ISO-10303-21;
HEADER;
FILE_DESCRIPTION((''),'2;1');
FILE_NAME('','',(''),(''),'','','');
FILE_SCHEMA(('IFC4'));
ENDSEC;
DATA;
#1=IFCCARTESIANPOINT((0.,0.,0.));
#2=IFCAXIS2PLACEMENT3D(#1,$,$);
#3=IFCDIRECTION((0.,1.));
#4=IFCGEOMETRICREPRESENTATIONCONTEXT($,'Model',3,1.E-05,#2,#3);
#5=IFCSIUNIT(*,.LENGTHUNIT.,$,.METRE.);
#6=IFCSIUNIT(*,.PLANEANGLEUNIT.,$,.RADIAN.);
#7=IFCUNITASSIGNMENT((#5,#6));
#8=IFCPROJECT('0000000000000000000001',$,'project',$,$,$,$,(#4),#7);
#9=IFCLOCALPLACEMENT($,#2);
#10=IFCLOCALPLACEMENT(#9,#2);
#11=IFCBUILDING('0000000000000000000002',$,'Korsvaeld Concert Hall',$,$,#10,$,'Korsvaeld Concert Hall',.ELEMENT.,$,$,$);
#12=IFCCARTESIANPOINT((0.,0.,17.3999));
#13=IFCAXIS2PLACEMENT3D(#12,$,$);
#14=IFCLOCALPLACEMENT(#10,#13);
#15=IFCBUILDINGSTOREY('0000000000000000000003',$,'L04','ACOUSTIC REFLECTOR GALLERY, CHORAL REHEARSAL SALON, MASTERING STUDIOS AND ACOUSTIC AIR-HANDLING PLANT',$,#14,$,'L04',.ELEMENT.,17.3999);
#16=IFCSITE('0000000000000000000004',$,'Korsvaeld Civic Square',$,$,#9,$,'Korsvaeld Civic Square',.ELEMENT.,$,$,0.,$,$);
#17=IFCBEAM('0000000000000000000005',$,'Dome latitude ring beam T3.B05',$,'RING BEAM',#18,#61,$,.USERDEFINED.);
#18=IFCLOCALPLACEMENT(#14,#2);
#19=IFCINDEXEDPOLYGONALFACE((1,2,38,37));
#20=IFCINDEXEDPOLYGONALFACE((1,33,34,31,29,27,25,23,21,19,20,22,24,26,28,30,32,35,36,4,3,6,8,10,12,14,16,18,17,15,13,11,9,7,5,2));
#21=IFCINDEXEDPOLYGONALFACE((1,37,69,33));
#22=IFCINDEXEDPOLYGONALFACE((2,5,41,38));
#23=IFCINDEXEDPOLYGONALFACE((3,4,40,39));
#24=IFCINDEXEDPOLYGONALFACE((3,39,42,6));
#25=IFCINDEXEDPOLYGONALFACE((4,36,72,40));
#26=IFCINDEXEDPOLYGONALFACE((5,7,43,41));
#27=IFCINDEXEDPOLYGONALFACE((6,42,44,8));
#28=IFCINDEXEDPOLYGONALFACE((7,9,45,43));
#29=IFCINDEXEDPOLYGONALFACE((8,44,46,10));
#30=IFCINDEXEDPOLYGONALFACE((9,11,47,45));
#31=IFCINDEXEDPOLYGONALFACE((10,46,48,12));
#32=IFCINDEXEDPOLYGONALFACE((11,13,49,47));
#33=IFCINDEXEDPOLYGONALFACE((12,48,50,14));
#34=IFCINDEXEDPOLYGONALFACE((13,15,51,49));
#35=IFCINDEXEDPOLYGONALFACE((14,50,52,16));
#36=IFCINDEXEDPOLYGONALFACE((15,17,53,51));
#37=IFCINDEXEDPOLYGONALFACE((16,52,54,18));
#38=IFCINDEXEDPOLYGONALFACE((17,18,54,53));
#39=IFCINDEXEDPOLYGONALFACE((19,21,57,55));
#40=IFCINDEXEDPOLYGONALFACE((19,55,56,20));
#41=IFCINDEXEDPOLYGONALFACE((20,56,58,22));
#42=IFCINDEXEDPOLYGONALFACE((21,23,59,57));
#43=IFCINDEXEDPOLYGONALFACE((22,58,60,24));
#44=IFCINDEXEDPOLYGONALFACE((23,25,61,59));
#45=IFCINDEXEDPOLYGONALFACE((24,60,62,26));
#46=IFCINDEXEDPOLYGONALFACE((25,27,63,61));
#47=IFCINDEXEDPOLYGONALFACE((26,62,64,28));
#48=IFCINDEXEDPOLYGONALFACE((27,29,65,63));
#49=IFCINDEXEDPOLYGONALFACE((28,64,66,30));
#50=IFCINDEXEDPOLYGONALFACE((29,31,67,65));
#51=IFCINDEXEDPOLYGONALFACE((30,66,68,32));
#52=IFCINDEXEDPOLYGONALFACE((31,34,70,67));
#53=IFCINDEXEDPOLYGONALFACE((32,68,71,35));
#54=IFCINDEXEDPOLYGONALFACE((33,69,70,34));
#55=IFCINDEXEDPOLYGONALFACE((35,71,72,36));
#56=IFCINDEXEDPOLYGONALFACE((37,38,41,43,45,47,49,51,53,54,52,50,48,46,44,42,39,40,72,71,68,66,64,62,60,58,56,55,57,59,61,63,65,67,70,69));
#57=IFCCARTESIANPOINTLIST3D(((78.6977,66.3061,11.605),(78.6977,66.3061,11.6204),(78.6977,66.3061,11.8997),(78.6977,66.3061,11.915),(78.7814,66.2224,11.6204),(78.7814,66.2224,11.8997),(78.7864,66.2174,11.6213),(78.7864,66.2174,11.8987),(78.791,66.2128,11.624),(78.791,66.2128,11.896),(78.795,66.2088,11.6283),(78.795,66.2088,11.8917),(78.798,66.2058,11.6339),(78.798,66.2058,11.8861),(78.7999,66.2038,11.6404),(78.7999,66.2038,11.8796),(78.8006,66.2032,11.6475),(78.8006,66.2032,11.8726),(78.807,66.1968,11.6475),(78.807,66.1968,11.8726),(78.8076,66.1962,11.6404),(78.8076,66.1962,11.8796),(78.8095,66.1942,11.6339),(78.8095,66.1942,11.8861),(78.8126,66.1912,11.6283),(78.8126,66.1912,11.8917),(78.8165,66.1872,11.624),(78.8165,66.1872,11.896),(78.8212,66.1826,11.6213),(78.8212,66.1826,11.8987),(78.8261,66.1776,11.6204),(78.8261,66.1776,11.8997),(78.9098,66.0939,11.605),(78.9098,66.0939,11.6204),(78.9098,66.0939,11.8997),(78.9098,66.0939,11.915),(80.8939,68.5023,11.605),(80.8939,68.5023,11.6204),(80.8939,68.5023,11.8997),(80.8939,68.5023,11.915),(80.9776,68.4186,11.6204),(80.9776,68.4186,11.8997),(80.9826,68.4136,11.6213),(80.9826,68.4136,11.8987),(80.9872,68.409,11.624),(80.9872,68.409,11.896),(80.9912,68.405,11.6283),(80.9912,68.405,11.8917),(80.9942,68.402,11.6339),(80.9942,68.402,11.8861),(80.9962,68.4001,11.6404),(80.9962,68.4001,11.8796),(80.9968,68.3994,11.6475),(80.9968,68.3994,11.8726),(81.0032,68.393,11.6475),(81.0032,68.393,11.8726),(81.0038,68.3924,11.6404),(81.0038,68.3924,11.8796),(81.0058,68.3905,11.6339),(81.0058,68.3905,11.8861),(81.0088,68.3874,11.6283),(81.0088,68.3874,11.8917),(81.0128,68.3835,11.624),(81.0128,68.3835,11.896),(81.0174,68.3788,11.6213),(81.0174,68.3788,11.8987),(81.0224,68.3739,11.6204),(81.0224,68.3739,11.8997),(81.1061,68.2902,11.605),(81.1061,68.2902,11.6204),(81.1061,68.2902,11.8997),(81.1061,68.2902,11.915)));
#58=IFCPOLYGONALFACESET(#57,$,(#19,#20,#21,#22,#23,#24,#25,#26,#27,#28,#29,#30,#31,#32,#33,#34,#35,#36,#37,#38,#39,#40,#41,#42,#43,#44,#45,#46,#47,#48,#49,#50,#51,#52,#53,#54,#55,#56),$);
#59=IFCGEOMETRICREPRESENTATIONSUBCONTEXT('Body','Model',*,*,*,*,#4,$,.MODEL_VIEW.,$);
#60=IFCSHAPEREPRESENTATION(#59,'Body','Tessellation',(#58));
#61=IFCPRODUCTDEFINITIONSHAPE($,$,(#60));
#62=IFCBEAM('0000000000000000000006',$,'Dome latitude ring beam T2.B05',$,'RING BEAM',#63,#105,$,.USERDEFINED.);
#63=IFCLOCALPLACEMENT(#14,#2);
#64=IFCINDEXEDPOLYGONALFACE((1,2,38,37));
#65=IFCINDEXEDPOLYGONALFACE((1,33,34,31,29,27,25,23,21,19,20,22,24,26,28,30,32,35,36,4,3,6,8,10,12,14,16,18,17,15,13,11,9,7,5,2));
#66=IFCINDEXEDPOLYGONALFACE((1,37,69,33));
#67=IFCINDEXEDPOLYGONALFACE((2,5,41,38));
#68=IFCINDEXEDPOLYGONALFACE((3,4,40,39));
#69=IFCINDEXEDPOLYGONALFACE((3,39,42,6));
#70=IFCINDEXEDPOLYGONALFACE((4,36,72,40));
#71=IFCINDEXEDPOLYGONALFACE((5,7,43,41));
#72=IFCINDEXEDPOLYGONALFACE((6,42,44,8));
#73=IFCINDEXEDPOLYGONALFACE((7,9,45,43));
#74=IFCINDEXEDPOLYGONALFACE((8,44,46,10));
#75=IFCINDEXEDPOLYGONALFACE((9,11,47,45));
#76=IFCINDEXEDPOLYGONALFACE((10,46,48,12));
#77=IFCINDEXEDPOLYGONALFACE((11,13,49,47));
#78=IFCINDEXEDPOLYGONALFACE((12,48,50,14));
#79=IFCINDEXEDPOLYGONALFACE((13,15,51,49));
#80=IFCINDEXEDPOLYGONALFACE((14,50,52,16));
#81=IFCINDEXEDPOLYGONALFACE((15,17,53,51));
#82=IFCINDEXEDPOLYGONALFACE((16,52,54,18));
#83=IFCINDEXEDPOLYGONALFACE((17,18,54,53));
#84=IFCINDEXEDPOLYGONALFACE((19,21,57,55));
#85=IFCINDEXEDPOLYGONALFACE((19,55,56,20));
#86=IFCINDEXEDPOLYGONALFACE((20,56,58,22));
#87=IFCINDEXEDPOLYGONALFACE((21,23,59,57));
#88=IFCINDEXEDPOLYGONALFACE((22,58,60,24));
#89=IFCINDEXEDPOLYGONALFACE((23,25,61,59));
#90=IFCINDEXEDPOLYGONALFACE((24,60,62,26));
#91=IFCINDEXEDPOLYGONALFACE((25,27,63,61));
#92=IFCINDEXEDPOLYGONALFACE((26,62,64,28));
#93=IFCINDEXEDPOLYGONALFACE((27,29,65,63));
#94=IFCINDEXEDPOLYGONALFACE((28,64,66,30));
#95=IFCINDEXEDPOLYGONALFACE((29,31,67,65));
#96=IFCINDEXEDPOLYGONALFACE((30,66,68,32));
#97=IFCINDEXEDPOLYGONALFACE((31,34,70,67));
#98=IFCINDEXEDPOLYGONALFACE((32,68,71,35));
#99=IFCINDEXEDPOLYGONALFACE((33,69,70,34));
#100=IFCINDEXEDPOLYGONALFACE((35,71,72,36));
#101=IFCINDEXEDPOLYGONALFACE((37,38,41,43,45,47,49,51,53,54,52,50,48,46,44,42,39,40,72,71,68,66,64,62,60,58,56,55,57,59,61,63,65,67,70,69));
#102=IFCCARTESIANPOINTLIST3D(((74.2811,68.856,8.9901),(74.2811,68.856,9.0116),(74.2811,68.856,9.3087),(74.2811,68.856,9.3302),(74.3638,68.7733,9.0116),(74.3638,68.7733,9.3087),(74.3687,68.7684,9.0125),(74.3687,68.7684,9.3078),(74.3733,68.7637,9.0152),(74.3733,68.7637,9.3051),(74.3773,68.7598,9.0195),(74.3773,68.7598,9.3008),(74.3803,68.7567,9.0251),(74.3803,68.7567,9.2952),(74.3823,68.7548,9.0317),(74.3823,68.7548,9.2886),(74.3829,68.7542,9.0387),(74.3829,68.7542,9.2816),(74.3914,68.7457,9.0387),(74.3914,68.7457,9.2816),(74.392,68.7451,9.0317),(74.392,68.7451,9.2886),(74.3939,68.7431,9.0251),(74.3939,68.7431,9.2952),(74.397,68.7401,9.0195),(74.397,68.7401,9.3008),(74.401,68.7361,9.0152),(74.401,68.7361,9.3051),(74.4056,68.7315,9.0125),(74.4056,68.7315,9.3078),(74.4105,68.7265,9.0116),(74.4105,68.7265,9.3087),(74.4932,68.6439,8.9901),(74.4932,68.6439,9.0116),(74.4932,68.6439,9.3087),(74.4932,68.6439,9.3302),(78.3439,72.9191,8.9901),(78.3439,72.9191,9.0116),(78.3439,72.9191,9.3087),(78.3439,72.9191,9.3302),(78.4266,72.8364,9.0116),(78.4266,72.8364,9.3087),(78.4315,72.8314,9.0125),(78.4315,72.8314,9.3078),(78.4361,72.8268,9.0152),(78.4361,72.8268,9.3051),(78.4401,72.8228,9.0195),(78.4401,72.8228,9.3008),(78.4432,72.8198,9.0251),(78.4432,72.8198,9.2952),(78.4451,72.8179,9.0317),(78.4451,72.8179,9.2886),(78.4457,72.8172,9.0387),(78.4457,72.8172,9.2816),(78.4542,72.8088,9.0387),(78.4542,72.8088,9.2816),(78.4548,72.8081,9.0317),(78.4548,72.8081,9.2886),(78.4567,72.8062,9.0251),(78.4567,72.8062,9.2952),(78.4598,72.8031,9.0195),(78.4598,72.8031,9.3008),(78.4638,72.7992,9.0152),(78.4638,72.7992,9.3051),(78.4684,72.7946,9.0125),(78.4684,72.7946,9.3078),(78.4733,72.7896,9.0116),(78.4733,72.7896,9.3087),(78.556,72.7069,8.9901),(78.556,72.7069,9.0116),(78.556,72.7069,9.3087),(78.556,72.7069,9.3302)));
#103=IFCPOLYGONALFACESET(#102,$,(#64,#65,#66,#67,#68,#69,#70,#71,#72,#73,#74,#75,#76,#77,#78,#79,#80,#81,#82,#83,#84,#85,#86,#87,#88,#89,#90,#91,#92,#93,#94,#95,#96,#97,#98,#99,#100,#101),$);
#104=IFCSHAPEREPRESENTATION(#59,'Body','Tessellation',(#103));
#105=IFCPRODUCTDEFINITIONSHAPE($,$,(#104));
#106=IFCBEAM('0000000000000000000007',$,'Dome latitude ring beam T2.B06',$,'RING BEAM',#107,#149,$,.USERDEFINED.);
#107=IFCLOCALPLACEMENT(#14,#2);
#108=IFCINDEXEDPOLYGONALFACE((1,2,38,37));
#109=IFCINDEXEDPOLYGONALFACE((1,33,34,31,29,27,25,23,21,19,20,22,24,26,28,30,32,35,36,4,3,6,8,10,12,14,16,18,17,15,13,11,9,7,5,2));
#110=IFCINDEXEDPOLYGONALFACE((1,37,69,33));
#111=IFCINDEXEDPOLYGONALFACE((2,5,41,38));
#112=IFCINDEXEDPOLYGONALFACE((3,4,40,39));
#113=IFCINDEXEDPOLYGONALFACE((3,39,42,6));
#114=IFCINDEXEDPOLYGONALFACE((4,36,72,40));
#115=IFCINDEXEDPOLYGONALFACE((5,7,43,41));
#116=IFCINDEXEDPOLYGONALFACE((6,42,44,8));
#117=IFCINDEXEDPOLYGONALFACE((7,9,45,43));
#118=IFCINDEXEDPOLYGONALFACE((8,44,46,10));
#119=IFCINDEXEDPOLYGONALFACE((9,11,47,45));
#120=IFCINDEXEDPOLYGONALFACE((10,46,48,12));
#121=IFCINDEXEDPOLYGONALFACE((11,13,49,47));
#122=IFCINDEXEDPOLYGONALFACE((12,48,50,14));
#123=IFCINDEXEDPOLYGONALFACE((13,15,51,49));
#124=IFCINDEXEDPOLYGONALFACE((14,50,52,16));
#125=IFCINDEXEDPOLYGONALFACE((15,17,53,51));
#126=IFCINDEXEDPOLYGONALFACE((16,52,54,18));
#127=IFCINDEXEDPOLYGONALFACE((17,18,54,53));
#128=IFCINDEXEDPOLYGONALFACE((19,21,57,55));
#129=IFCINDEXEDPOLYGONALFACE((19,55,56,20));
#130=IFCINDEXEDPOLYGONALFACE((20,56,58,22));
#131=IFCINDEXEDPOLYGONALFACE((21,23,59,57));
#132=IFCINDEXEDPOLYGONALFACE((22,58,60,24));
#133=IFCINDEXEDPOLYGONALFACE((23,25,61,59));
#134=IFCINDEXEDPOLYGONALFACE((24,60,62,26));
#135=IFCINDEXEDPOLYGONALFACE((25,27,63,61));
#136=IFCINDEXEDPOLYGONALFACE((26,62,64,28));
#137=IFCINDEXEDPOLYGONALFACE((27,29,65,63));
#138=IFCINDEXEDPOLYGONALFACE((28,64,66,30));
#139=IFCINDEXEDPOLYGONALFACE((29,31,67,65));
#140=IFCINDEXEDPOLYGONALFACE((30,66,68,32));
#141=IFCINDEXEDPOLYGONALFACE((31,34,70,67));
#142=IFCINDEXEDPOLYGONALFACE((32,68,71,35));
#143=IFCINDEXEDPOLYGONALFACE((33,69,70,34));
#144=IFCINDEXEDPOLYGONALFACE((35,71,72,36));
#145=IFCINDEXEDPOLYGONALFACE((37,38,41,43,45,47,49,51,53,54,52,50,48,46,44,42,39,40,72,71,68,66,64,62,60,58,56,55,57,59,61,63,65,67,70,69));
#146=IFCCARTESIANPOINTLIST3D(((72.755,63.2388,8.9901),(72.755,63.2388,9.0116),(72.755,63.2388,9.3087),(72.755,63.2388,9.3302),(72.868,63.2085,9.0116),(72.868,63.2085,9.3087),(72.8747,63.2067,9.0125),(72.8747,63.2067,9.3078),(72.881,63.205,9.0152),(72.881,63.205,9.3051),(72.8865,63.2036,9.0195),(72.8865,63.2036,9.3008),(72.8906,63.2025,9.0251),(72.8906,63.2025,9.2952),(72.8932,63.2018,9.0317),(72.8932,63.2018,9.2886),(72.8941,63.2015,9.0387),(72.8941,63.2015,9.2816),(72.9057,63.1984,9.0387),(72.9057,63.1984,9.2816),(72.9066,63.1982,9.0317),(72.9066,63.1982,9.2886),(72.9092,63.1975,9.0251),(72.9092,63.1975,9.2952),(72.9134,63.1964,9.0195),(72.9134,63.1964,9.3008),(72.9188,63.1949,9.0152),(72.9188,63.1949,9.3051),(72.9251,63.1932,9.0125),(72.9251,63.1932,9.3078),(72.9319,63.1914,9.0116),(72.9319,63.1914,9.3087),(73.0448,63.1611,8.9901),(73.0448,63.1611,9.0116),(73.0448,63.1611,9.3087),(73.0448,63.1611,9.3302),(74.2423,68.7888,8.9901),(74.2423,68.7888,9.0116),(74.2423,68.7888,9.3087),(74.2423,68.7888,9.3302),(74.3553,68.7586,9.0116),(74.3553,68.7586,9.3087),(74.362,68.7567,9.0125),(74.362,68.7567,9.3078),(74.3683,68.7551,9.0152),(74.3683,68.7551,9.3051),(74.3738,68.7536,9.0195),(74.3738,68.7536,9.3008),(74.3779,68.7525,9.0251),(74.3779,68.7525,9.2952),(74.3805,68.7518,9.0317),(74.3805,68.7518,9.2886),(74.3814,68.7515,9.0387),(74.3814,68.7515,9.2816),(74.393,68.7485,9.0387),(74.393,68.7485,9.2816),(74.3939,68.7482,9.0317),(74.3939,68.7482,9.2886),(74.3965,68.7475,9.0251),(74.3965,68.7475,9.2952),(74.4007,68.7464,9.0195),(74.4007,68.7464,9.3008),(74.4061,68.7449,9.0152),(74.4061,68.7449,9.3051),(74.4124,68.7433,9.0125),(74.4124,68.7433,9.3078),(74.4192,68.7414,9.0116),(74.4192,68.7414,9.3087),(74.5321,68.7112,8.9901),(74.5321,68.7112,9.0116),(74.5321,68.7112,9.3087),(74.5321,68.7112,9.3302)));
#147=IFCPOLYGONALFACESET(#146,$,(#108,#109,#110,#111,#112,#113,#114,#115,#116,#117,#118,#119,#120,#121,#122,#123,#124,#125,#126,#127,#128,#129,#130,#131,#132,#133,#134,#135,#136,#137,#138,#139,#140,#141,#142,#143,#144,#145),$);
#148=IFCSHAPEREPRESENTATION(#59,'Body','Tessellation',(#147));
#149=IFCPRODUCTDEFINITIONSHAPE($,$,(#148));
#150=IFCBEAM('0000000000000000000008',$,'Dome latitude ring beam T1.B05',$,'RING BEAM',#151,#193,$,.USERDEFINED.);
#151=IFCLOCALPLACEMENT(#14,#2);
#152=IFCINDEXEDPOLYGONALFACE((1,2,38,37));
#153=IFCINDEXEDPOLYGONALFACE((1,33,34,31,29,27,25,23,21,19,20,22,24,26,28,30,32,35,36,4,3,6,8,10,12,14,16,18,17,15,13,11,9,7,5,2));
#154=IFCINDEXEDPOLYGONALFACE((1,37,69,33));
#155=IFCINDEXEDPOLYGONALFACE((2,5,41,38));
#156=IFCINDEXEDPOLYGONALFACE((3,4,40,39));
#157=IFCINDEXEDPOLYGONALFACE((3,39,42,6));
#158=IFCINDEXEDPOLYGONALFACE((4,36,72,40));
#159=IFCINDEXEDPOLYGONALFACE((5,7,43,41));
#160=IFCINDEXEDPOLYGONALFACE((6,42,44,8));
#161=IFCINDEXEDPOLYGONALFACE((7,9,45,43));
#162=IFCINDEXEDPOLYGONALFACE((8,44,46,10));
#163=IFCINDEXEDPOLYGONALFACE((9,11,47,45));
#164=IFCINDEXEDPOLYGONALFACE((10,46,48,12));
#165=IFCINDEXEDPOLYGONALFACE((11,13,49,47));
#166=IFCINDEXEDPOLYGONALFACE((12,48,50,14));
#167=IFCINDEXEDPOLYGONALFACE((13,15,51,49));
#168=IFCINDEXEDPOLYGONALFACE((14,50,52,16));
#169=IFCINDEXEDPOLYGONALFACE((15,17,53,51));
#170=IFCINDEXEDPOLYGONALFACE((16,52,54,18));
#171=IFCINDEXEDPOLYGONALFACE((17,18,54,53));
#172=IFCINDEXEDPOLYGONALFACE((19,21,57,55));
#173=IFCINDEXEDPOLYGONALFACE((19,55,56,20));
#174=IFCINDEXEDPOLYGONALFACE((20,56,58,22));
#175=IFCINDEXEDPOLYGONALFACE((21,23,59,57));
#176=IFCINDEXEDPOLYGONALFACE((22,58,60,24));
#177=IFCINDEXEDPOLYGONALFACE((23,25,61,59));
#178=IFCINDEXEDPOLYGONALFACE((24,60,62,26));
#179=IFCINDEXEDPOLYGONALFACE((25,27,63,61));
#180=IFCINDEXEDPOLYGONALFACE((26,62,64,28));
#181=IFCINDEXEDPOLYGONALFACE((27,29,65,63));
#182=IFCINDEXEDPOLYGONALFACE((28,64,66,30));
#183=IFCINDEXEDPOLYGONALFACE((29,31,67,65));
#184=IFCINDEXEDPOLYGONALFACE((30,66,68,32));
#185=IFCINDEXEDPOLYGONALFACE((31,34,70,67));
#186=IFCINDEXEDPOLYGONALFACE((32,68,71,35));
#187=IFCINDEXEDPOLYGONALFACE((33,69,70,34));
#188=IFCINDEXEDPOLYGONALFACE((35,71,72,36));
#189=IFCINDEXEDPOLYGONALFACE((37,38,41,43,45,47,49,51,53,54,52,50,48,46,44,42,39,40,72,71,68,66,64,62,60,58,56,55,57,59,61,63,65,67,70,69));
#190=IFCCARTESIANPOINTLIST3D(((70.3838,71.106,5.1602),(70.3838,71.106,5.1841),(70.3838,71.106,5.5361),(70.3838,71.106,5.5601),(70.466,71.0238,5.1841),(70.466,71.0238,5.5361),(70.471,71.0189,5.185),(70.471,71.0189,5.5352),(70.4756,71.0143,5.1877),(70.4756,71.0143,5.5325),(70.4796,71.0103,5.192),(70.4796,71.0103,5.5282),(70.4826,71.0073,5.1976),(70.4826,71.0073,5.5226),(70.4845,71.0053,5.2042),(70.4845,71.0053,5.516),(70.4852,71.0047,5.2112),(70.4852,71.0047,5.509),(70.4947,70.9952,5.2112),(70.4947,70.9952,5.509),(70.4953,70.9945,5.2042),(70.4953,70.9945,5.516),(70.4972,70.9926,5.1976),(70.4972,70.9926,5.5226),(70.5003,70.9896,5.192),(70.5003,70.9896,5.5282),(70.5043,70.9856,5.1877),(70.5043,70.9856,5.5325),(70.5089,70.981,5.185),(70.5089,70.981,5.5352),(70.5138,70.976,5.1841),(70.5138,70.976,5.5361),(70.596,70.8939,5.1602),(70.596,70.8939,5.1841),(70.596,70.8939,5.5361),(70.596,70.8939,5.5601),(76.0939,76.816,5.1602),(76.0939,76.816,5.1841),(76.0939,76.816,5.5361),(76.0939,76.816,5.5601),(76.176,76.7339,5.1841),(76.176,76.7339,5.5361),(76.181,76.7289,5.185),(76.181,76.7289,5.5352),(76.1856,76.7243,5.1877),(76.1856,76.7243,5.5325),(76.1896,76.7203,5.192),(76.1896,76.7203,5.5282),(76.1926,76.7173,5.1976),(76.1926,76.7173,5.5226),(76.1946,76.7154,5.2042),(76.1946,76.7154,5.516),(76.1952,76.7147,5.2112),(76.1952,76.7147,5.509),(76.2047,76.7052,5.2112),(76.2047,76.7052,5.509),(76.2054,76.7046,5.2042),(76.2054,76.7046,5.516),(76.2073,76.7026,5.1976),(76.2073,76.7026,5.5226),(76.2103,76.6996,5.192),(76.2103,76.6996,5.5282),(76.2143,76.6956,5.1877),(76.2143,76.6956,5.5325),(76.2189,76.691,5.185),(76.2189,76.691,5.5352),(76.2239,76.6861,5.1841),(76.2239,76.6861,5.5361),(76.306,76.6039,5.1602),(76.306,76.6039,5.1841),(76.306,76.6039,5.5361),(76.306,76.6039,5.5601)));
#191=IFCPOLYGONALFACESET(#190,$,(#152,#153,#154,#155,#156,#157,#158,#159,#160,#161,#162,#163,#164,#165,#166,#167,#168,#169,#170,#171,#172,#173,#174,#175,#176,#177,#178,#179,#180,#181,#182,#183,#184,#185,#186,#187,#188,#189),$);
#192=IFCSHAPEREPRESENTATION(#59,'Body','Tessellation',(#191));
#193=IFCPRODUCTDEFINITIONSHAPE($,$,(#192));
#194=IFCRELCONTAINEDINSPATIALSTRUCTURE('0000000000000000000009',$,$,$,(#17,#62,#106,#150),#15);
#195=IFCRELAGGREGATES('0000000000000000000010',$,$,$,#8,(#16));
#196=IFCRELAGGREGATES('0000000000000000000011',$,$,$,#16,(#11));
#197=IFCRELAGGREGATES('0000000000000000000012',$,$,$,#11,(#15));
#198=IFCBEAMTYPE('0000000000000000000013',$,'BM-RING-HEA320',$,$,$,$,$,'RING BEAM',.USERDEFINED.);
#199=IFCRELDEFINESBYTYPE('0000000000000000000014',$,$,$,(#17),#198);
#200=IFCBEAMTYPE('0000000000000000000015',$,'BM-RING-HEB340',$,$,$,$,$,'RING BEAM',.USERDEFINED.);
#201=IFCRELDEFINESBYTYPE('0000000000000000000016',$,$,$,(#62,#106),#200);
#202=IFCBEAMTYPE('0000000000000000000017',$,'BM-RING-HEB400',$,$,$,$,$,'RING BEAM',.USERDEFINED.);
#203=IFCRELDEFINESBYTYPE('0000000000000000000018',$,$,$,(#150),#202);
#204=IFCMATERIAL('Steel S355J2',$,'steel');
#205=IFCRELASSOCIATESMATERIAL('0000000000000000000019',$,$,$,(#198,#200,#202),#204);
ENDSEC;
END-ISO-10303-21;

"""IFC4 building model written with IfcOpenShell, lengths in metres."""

from ifc_helpers import new_model, si_unit, direction, frame, origin, origin_2d, place, context, subcontext, project, spatial, i_section, extrude, material, material_profile, profile_set, type_object, element, save


model = new_model("IFC4")

# Units and contexts
model_context = context("Model", 3, precision=1e-05, world=origin(), true_north=direction((0.0, 1.0)))
body_context = subcontext(model_context, "Body", "Model", "MODEL_VIEW")
ifc_project = project(units=[si_unit("LENGTHUNIT", "METRE"), si_unit("PLANEANGLEUNIT", "RADIAN")], contexts=[model_context])

# Site, building, storey
site_placement = place(None, origin())
site = spatial("IfcSite", under=ifc_project, at=site_placement, Name="Korsvaeld Civic Square", LongName="Korsvaeld Civic Square", CompositionType="ELEMENT", RefElevation=0.0)
building_placement = place(site_placement, origin())
building = spatial("IfcBuilding", under=site, at=building_placement, Name="Korsvaeld Concert Hall", LongName="Korsvaeld Concert Hall", CompositionType="ELEMENT")
storey_placement = place(building_placement, frame((0.0, 0.0, 17.3999)))
storey = spatial("IfcBuildingStorey", under=building, at=storey_placement, Name="L04", Description="ACOUSTIC REFLECTOR GALLERY, CHORAL REHEARSAL SALON, MASTERING STUDIOS AND ACOUSTIC AIR-HANDLING PLANT", LongName="L04", CompositionType="ELEMENT", Elevation=17.3999)

# Beams
ifc_material_1 = material(Name="Steel S355J2", Category="steel")
ifc_material_profile_1 = material_profile(ifc_material_1, i_section(OverallWidth=0.3, OverallDepth=0.3101, WebThickness=0.009, FlangeThickness=0.0154, FilletRadius=0.0271, at=origin_2d()), Name="HEA 320")
ifc_profile_set_1 = profile_set([ifc_material_profile_1], Name="Steel S355J2")
beam_type_1 = type_object("IfcBeamType", Name="BM-RING-HEA320", ElementType="RING BEAM", PredefinedType="USERDEFINED", material=ifc_profile_set_1)
beam_1_placement = place(storey_placement, frame((81.0, 68.3962, 11.76), z_axis=(-0.707107, -0.707107, 0.0), x_axis=(0.707107, -0.707107, 0.0)))
element("IfcBeam", 1, at=beam_1_placement, inside=storey, type_object=beam_type_1, Name="Dome latitude ring beam T3.B05", ObjectType="RING BEAM", PredefinedType="USERDEFINED", context=body_context, shape_type="SweptSolid", body=[
    extrude(i_section(OverallWidth=0.3, OverallDepth=0.3101, WebThickness=0.009, FlangeThickness=0.0154, FilletRadius=0.0271, at=origin_2d()), origin(), (0.0, 0.0, 1.0), 3.106),
])
ifc_material_profile_2 = material_profile(ifc_material_1, i_section(OverallWidth=0.3, OverallDepth=0.3401, WebThickness=0.012, FlangeThickness=0.0215, FilletRadius=0.0271, at=origin_2d()), Name="HEB 340")
ifc_profile_set_2 = profile_set([ifc_material_profile_2], Name="Steel S355J2")
beam_type_2 = type_object("IfcBeamType", Name="BM-RING-HEB340", ElementType="RING BEAM", PredefinedType="USERDEFINED", material=ifc_profile_set_2)
for number, where, z_axis, x_axis, name in (
    (2, (78.45, 72.813, 9.1602), (-0.707086, -0.707128, 0.0), (0.707128, -0.707086, 0.0), "Dome latitude ring beam T2.B05"),
    (3, (74.3872, 68.75, 9.1602), (-0.258847, -0.965918, 0.0), (0.965918, -0.258847, 0.0), "Dome latitude ring beam T2.B06"),
):
    element("IfcBeam", number, at=place(storey_placement, frame(where, z_axis=z_axis, x_axis=x_axis)), inside=storey, type_object=beam_type_2, Name=name, ObjectType="RING BEAM", PredefinedType="USERDEFINED", context=body_context, shape_type="SweptSolid", body=[
        extrude(i_section(OverallWidth=0.3, OverallDepth=0.3401, WebThickness=0.012, FlangeThickness=0.0215, FilletRadius=0.0271, at=origin_2d()), origin(), (0.0, 0.0, 1.0), 5.7458),
    ])
ifc_material_profile_3 = material_profile(ifc_material_1, i_section(OverallWidth=0.3, OverallDepth=0.3999, WebThickness=0.0134, FlangeThickness=0.0239, FilletRadius=0.0271, at=origin_2d()), Name="HEB 400")
ifc_profile_set_3 = profile_set([ifc_material_profile_3], Name="Steel S355J2")
beam_type_3 = type_object("IfcBeamType", Name="BM-RING-HEB400", ElementType="RING BEAM", PredefinedType="USERDEFINED", material=ifc_profile_set_3)
beam_2_placement = place(storey_placement, frame((76.2, 76.71, 5.3601), z_axis=(-0.707107, -0.707107, 0.0), x_axis=(0.707107, -0.707107, 0.0)))
element("IfcBeam", 4, at=beam_2_placement, inside=storey, type_object=beam_type_3, Name="Dome latitude ring beam T1.B05", ObjectType="RING BEAM", PredefinedType="USERDEFINED", context=body_context, shape_type="SweptSolid", body=[
    extrude(i_section(OverallWidth=0.3, OverallDepth=0.3999, WebThickness=0.0134, FlangeThickness=0.0239, FilletRadius=0.0271, at=origin_2d()), origin(), (0.0, 0.0, 1.0), 8.0752),
])

save(model, "model.ifc")
